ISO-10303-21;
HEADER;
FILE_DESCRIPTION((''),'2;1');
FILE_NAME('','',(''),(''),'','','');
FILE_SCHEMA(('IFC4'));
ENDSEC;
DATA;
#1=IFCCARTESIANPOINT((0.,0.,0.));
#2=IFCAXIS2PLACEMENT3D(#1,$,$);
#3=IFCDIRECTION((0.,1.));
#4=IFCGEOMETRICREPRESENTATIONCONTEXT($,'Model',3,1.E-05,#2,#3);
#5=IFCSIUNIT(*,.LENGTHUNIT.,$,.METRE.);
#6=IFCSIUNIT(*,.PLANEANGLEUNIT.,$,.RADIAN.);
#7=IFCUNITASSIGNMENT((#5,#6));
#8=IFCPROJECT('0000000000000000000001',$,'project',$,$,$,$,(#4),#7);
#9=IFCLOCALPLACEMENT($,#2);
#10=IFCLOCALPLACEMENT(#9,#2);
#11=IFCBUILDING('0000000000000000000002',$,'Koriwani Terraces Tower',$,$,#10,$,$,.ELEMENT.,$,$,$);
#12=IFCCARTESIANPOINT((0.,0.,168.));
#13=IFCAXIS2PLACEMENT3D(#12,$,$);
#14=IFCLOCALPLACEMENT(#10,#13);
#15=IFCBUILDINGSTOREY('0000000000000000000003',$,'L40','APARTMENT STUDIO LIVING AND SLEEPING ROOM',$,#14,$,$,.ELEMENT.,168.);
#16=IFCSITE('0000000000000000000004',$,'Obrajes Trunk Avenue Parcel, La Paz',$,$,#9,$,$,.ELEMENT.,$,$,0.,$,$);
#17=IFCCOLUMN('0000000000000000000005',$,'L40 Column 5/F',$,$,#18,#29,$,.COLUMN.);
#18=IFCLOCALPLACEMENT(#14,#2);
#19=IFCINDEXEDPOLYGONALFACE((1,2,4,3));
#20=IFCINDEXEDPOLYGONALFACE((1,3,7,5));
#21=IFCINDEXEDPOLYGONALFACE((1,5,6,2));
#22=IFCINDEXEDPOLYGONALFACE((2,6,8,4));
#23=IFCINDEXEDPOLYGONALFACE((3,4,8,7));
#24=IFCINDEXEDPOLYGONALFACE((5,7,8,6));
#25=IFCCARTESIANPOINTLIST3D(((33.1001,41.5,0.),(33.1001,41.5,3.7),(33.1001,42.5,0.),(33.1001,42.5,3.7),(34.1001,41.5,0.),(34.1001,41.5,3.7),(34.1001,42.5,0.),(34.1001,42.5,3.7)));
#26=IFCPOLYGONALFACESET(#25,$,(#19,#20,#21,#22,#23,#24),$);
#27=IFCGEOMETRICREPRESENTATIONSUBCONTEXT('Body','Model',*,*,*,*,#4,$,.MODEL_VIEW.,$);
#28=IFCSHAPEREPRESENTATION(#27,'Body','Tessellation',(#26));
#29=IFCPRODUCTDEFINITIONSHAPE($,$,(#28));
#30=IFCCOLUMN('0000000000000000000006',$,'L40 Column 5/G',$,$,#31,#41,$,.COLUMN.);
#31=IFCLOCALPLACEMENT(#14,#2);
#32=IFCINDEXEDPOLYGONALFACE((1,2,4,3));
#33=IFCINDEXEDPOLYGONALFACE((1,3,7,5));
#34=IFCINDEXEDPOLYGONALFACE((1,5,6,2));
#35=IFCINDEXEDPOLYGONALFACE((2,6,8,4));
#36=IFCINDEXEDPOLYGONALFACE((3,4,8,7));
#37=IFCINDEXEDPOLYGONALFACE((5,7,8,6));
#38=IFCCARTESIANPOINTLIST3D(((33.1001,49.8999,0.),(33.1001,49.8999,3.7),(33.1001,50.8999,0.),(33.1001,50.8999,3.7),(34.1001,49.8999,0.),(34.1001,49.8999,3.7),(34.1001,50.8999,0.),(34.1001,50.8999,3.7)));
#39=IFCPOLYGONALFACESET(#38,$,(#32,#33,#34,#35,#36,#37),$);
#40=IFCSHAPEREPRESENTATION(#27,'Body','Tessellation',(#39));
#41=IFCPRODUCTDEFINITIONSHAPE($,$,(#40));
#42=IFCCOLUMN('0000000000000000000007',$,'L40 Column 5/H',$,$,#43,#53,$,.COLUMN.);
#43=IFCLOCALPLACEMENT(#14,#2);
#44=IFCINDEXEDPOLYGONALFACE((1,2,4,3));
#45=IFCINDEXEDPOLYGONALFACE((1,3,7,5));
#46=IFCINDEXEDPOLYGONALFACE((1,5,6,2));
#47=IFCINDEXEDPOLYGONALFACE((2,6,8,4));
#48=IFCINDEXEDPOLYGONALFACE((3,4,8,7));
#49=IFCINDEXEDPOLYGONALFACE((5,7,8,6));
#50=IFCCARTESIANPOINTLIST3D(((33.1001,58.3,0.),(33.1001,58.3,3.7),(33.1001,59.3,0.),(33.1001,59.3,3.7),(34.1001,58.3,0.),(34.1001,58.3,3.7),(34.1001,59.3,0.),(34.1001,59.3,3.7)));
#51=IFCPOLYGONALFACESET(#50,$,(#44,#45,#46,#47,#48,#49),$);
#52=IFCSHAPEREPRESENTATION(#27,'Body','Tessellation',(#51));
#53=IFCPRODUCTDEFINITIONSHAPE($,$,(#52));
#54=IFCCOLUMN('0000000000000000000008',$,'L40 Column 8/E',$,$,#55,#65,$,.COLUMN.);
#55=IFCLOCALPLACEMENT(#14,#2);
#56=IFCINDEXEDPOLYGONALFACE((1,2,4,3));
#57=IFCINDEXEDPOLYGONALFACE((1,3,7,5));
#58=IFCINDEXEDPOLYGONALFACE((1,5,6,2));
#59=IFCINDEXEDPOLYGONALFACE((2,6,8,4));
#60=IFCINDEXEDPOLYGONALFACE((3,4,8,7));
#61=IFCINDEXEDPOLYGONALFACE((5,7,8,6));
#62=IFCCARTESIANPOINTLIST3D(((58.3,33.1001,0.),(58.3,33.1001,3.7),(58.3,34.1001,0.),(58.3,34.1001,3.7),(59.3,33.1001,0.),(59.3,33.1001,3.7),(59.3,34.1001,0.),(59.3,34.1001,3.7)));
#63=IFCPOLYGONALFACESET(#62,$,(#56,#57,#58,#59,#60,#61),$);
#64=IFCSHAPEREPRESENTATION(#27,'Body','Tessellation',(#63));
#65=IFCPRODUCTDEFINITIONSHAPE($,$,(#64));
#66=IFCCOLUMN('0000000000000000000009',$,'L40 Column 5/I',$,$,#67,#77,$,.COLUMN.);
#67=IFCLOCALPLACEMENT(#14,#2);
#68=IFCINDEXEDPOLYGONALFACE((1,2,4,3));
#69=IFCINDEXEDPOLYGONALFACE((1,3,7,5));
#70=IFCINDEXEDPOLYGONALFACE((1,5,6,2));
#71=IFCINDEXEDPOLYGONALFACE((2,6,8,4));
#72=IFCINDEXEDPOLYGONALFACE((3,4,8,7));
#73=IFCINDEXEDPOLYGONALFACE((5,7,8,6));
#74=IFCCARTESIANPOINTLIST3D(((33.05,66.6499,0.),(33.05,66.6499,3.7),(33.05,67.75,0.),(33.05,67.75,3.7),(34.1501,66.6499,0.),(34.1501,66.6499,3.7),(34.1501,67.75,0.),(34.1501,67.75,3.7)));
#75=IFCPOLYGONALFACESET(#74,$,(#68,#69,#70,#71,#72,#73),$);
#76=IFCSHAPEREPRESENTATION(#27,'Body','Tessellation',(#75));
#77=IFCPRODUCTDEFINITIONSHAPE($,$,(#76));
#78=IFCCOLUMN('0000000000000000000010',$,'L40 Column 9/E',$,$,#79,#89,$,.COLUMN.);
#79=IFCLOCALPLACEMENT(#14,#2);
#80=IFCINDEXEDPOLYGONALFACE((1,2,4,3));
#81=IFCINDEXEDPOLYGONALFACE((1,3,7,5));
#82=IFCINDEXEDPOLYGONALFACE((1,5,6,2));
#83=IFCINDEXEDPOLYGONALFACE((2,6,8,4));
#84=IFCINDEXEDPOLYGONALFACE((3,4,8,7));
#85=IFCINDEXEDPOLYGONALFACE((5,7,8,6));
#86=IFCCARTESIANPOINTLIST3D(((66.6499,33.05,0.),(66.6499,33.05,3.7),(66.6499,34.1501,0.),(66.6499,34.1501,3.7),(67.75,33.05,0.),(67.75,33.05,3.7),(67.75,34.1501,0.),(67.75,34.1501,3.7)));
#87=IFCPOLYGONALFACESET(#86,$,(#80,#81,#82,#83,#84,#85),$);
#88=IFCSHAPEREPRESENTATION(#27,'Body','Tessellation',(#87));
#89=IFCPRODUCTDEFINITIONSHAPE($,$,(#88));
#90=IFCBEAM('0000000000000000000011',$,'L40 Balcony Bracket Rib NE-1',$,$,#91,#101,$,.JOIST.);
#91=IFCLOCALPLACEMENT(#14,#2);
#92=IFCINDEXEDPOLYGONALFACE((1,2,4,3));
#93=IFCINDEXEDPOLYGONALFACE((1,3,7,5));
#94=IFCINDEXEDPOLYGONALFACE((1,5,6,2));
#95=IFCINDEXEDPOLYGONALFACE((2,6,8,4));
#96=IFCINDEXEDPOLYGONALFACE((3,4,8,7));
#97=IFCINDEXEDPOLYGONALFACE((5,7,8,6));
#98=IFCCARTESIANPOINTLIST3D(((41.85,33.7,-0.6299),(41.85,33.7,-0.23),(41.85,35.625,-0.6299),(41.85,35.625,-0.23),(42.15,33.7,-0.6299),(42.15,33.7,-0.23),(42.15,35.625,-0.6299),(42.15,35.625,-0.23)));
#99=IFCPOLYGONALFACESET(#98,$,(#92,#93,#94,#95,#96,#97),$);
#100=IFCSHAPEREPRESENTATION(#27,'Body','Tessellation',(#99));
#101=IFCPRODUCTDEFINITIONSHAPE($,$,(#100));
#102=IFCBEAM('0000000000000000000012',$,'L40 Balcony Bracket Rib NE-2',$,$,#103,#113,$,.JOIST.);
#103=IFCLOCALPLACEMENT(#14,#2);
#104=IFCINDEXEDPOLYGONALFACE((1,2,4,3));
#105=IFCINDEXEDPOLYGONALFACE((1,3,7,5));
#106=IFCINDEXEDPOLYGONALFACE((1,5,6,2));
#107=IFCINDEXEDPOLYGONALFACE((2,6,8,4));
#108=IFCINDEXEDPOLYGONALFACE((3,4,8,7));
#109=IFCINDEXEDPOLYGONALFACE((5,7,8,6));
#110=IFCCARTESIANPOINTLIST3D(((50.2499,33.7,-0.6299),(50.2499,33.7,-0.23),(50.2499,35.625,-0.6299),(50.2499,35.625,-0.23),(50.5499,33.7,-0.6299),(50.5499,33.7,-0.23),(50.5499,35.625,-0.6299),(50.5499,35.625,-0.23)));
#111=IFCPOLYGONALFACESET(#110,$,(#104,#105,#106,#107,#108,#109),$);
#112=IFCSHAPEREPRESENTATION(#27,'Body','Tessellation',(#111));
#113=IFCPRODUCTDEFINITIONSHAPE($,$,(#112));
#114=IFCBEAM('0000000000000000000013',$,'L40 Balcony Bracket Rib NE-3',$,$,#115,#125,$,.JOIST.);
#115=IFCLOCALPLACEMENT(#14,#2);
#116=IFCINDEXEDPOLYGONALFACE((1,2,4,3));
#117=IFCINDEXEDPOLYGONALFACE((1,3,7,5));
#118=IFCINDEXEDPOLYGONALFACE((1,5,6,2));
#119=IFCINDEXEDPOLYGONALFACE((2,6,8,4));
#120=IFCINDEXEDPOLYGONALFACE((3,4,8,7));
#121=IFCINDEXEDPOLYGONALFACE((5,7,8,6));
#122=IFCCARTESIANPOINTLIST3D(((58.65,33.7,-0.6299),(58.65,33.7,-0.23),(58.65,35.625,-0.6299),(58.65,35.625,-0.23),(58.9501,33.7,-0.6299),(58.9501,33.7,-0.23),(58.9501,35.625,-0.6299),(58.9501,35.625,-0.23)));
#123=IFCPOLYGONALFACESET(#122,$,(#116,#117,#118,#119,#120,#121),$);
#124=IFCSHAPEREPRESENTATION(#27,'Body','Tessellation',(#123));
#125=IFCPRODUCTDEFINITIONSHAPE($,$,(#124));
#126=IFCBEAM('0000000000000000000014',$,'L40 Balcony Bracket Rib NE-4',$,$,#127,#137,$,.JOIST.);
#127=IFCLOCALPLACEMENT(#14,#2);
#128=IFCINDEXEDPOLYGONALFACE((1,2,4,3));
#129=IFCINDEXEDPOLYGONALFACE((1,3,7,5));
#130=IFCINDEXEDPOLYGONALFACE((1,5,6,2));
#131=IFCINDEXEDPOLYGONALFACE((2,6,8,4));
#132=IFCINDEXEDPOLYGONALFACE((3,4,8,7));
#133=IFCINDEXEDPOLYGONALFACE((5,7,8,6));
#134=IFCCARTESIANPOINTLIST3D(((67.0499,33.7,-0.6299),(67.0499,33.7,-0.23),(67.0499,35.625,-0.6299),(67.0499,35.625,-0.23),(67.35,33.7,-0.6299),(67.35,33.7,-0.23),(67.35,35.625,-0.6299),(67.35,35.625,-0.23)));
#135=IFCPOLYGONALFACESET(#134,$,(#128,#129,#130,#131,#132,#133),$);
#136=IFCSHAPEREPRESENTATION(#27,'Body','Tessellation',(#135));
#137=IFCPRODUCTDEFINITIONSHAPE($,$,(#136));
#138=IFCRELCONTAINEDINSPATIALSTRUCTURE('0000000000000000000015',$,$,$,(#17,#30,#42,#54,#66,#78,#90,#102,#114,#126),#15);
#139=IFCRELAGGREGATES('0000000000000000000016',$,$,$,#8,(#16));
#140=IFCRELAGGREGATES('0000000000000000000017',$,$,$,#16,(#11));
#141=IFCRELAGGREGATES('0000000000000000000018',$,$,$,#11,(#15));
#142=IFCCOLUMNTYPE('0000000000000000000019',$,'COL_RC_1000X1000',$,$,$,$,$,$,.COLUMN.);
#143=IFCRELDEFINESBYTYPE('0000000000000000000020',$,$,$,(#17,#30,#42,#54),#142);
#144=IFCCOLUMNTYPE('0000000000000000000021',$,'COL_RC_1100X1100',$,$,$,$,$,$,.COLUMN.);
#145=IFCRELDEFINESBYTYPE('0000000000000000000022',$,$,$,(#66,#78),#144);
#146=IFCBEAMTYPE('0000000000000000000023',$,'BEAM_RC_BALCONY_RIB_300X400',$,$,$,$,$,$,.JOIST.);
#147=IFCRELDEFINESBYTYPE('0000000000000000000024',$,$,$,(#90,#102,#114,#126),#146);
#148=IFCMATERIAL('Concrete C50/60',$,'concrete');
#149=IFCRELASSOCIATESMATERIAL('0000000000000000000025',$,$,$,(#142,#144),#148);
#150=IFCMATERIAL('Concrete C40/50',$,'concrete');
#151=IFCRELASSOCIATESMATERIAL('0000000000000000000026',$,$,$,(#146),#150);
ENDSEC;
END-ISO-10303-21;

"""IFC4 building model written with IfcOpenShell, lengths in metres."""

from ifc_helpers import new_model, si_unit, direction, frame, origin, origin_2d, place, context, subcontext, project, spatial, rectangle, extrude, material, material_profile, profile_set, type_object, element, save


model = new_model("IFC4")

# Units and contexts
model_context = context("Model", 3, precision=1e-05, world=origin(), true_north=direction((0.0, 1.0)))
body_context = subcontext(model_context, "Body", "Model", "MODEL_VIEW")
ifc_project = project(units=[si_unit("LENGTHUNIT", "METRE"), si_unit("PLANEANGLEUNIT", "RADIAN")], contexts=[model_context])

# Site, building, storey
site_placement = place(None, origin())
site = spatial("IfcSite", under=ifc_project, at=site_placement, Name="Obrajes Trunk Avenue Parcel, La Paz", CompositionType="ELEMENT", RefElevation=0.0)
building_placement = place(site_placement, origin())
building = spatial("IfcBuilding", under=site, at=building_placement, Name="Koriwani Terraces Tower", CompositionType="ELEMENT")
storey_placement = place(building_placement, frame((0.0, 0.0, 168.0)))
storey = spatial("IfcBuildingStorey", under=building, at=storey_placement, Name="L40", Description="APARTMENT STUDIO LIVING AND SLEEPING ROOM", CompositionType="ELEMENT", Elevation=168.0)

# Columns
ifc_material_1 = material(Name="Concrete C50/60", Category="concrete")
ifc_material_profile_1 = material_profile(ifc_material_1, rectangle(XDim=1.0, YDim=1.0, at=origin_2d()), Name="Concrete C50/60", Category="LoadBearing")
ifc_profile_set_1 = profile_set([ifc_material_profile_1], Name="Concrete C50/60")
column_type_1 = type_object("IfcColumnType", Name="COL_RC_1000X1000", PredefinedType="COLUMN", material=ifc_profile_set_1)
for number, where, z_axis, x_axis, name in (
    (1, (33.6001, 42.0, 0.0), (0.0, 0.0, 1.0), (1.0, 0.0, 0.0), "L40 Column 5/F"),
    (2, (33.6001, 50.3999, 0.0), (0.0, 0.0, 1.0), (1.0, 0.0, 0.0), "L40 Column 5/G"),
    (3, (33.6001, 58.8, 0.0), (0.0, 0.0, 1.0), (1.0, 0.0, 0.0), "L40 Column 5/H"),
    (4, (58.8, 33.6001, 0.0), (0.0, 0.0, 1.0), (1.0, 0.0, 0.0), "L40 Column 8/E"),
):
    element("IfcColumn", number, at=place(storey_placement, frame(where, z_axis=z_axis, x_axis=x_axis)), inside=storey, type_object=column_type_1, Name=name, PredefinedType="COLUMN", context=body_context, shape_type="SweptSolid", body=[
        extrude(rectangle(XDim=1.0, YDim=1.0, at=origin_2d()), origin(), (0.0, 0.0, 1.0), 3.7),
    ])
ifc_material_profile_2 = material_profile(ifc_material_1, rectangle(XDim=1.1001, YDim=1.1001, at=origin_2d()), Name="Concrete C50/60", Category="LoadBearing")
ifc_profile_set_2 = profile_set([ifc_material_profile_2], Name="Concrete C50/60")
column_type_2 = type_object("IfcColumnType", Name="COL_RC_1100X1100", PredefinedType="COLUMN", material=ifc_profile_set_2)
for number, where, z_axis, x_axis, name in (
    (5, (33.6001, 67.2, 0.0), (0.0, 0.0, 1.0), (1.0, 0.0, 0.0), "L40 Column 5/I"),
    (6, (67.2, 33.6001, 0.0), (0.0, 0.0, 1.0), (1.0, 0.0, 0.0), "L40 Column 9/E"),
):
    element("IfcColumn", number, at=place(storey_placement, frame(where, z_axis=z_axis, x_axis=x_axis)), inside=storey, type_object=column_type_2, Name=name, PredefinedType="COLUMN", context=body_context, shape_type="SweptSolid", body=[
        extrude(rectangle(XDim=1.1001, YDim=1.1001, at=origin_2d()), origin(), (0.0, 0.0, 1.0), 3.7),
    ])

# Beams
ifc_material_2 = material(Name="Concrete C40/50", Category="concrete")
ifc_material_profile_3 = material_profile(ifc_material_2, rectangle(XDim=0.3, YDim=0.3999, at=origin_2d()), Name="Concrete C40/50", Category="LoadBearing")
ifc_profile_set_3 = profile_set([ifc_material_profile_3], Name="Concrete C40/50")
beam_type = type_object("IfcBeamType", Name="BEAM_RC_BALCONY_RIB_300X400", PredefinedType="JOIST", material=ifc_profile_set_3)
for number, where, z_axis, x_axis, name in (
    (7, (42.0, 33.7, -0.4299), (0.0, 1.0, 0.0), (-1.0, 0.0, 0.0), "L40 Balcony Bracket Rib NE-1"),
    (8, (50.3999, 33.7, -0.4299), (0.0, 1.0, 0.0), (-1.0, 0.0, 0.0), "L40 Balcony Bracket Rib NE-2"),
    (9, (58.8, 33.7, -0.4299), (0.0, 1.0, 0.0), (-1.0, 0.0, 0.0), "L40 Balcony Bracket Rib NE-3"),
    (10, (67.2, 33.7, -0.4299), (0.0, 1.0, 0.0), (-1.0, 0.0, 0.0), "L40 Balcony Bracket Rib NE-4"),
):
    element("IfcBeam", number, at=place(storey_placement, frame(where, z_axis=z_axis, x_axis=x_axis)), inside=storey, type_object=beam_type, Name=name, PredefinedType="JOIST", context=body_context, shape_type="SweptSolid", body=[
        extrude(rectangle(XDim=0.3, YDim=0.3999, at=origin_2d()), origin(), (0.0, 0.0, 1.0), 1.925),
    ])

save(model, "model.ifc")
